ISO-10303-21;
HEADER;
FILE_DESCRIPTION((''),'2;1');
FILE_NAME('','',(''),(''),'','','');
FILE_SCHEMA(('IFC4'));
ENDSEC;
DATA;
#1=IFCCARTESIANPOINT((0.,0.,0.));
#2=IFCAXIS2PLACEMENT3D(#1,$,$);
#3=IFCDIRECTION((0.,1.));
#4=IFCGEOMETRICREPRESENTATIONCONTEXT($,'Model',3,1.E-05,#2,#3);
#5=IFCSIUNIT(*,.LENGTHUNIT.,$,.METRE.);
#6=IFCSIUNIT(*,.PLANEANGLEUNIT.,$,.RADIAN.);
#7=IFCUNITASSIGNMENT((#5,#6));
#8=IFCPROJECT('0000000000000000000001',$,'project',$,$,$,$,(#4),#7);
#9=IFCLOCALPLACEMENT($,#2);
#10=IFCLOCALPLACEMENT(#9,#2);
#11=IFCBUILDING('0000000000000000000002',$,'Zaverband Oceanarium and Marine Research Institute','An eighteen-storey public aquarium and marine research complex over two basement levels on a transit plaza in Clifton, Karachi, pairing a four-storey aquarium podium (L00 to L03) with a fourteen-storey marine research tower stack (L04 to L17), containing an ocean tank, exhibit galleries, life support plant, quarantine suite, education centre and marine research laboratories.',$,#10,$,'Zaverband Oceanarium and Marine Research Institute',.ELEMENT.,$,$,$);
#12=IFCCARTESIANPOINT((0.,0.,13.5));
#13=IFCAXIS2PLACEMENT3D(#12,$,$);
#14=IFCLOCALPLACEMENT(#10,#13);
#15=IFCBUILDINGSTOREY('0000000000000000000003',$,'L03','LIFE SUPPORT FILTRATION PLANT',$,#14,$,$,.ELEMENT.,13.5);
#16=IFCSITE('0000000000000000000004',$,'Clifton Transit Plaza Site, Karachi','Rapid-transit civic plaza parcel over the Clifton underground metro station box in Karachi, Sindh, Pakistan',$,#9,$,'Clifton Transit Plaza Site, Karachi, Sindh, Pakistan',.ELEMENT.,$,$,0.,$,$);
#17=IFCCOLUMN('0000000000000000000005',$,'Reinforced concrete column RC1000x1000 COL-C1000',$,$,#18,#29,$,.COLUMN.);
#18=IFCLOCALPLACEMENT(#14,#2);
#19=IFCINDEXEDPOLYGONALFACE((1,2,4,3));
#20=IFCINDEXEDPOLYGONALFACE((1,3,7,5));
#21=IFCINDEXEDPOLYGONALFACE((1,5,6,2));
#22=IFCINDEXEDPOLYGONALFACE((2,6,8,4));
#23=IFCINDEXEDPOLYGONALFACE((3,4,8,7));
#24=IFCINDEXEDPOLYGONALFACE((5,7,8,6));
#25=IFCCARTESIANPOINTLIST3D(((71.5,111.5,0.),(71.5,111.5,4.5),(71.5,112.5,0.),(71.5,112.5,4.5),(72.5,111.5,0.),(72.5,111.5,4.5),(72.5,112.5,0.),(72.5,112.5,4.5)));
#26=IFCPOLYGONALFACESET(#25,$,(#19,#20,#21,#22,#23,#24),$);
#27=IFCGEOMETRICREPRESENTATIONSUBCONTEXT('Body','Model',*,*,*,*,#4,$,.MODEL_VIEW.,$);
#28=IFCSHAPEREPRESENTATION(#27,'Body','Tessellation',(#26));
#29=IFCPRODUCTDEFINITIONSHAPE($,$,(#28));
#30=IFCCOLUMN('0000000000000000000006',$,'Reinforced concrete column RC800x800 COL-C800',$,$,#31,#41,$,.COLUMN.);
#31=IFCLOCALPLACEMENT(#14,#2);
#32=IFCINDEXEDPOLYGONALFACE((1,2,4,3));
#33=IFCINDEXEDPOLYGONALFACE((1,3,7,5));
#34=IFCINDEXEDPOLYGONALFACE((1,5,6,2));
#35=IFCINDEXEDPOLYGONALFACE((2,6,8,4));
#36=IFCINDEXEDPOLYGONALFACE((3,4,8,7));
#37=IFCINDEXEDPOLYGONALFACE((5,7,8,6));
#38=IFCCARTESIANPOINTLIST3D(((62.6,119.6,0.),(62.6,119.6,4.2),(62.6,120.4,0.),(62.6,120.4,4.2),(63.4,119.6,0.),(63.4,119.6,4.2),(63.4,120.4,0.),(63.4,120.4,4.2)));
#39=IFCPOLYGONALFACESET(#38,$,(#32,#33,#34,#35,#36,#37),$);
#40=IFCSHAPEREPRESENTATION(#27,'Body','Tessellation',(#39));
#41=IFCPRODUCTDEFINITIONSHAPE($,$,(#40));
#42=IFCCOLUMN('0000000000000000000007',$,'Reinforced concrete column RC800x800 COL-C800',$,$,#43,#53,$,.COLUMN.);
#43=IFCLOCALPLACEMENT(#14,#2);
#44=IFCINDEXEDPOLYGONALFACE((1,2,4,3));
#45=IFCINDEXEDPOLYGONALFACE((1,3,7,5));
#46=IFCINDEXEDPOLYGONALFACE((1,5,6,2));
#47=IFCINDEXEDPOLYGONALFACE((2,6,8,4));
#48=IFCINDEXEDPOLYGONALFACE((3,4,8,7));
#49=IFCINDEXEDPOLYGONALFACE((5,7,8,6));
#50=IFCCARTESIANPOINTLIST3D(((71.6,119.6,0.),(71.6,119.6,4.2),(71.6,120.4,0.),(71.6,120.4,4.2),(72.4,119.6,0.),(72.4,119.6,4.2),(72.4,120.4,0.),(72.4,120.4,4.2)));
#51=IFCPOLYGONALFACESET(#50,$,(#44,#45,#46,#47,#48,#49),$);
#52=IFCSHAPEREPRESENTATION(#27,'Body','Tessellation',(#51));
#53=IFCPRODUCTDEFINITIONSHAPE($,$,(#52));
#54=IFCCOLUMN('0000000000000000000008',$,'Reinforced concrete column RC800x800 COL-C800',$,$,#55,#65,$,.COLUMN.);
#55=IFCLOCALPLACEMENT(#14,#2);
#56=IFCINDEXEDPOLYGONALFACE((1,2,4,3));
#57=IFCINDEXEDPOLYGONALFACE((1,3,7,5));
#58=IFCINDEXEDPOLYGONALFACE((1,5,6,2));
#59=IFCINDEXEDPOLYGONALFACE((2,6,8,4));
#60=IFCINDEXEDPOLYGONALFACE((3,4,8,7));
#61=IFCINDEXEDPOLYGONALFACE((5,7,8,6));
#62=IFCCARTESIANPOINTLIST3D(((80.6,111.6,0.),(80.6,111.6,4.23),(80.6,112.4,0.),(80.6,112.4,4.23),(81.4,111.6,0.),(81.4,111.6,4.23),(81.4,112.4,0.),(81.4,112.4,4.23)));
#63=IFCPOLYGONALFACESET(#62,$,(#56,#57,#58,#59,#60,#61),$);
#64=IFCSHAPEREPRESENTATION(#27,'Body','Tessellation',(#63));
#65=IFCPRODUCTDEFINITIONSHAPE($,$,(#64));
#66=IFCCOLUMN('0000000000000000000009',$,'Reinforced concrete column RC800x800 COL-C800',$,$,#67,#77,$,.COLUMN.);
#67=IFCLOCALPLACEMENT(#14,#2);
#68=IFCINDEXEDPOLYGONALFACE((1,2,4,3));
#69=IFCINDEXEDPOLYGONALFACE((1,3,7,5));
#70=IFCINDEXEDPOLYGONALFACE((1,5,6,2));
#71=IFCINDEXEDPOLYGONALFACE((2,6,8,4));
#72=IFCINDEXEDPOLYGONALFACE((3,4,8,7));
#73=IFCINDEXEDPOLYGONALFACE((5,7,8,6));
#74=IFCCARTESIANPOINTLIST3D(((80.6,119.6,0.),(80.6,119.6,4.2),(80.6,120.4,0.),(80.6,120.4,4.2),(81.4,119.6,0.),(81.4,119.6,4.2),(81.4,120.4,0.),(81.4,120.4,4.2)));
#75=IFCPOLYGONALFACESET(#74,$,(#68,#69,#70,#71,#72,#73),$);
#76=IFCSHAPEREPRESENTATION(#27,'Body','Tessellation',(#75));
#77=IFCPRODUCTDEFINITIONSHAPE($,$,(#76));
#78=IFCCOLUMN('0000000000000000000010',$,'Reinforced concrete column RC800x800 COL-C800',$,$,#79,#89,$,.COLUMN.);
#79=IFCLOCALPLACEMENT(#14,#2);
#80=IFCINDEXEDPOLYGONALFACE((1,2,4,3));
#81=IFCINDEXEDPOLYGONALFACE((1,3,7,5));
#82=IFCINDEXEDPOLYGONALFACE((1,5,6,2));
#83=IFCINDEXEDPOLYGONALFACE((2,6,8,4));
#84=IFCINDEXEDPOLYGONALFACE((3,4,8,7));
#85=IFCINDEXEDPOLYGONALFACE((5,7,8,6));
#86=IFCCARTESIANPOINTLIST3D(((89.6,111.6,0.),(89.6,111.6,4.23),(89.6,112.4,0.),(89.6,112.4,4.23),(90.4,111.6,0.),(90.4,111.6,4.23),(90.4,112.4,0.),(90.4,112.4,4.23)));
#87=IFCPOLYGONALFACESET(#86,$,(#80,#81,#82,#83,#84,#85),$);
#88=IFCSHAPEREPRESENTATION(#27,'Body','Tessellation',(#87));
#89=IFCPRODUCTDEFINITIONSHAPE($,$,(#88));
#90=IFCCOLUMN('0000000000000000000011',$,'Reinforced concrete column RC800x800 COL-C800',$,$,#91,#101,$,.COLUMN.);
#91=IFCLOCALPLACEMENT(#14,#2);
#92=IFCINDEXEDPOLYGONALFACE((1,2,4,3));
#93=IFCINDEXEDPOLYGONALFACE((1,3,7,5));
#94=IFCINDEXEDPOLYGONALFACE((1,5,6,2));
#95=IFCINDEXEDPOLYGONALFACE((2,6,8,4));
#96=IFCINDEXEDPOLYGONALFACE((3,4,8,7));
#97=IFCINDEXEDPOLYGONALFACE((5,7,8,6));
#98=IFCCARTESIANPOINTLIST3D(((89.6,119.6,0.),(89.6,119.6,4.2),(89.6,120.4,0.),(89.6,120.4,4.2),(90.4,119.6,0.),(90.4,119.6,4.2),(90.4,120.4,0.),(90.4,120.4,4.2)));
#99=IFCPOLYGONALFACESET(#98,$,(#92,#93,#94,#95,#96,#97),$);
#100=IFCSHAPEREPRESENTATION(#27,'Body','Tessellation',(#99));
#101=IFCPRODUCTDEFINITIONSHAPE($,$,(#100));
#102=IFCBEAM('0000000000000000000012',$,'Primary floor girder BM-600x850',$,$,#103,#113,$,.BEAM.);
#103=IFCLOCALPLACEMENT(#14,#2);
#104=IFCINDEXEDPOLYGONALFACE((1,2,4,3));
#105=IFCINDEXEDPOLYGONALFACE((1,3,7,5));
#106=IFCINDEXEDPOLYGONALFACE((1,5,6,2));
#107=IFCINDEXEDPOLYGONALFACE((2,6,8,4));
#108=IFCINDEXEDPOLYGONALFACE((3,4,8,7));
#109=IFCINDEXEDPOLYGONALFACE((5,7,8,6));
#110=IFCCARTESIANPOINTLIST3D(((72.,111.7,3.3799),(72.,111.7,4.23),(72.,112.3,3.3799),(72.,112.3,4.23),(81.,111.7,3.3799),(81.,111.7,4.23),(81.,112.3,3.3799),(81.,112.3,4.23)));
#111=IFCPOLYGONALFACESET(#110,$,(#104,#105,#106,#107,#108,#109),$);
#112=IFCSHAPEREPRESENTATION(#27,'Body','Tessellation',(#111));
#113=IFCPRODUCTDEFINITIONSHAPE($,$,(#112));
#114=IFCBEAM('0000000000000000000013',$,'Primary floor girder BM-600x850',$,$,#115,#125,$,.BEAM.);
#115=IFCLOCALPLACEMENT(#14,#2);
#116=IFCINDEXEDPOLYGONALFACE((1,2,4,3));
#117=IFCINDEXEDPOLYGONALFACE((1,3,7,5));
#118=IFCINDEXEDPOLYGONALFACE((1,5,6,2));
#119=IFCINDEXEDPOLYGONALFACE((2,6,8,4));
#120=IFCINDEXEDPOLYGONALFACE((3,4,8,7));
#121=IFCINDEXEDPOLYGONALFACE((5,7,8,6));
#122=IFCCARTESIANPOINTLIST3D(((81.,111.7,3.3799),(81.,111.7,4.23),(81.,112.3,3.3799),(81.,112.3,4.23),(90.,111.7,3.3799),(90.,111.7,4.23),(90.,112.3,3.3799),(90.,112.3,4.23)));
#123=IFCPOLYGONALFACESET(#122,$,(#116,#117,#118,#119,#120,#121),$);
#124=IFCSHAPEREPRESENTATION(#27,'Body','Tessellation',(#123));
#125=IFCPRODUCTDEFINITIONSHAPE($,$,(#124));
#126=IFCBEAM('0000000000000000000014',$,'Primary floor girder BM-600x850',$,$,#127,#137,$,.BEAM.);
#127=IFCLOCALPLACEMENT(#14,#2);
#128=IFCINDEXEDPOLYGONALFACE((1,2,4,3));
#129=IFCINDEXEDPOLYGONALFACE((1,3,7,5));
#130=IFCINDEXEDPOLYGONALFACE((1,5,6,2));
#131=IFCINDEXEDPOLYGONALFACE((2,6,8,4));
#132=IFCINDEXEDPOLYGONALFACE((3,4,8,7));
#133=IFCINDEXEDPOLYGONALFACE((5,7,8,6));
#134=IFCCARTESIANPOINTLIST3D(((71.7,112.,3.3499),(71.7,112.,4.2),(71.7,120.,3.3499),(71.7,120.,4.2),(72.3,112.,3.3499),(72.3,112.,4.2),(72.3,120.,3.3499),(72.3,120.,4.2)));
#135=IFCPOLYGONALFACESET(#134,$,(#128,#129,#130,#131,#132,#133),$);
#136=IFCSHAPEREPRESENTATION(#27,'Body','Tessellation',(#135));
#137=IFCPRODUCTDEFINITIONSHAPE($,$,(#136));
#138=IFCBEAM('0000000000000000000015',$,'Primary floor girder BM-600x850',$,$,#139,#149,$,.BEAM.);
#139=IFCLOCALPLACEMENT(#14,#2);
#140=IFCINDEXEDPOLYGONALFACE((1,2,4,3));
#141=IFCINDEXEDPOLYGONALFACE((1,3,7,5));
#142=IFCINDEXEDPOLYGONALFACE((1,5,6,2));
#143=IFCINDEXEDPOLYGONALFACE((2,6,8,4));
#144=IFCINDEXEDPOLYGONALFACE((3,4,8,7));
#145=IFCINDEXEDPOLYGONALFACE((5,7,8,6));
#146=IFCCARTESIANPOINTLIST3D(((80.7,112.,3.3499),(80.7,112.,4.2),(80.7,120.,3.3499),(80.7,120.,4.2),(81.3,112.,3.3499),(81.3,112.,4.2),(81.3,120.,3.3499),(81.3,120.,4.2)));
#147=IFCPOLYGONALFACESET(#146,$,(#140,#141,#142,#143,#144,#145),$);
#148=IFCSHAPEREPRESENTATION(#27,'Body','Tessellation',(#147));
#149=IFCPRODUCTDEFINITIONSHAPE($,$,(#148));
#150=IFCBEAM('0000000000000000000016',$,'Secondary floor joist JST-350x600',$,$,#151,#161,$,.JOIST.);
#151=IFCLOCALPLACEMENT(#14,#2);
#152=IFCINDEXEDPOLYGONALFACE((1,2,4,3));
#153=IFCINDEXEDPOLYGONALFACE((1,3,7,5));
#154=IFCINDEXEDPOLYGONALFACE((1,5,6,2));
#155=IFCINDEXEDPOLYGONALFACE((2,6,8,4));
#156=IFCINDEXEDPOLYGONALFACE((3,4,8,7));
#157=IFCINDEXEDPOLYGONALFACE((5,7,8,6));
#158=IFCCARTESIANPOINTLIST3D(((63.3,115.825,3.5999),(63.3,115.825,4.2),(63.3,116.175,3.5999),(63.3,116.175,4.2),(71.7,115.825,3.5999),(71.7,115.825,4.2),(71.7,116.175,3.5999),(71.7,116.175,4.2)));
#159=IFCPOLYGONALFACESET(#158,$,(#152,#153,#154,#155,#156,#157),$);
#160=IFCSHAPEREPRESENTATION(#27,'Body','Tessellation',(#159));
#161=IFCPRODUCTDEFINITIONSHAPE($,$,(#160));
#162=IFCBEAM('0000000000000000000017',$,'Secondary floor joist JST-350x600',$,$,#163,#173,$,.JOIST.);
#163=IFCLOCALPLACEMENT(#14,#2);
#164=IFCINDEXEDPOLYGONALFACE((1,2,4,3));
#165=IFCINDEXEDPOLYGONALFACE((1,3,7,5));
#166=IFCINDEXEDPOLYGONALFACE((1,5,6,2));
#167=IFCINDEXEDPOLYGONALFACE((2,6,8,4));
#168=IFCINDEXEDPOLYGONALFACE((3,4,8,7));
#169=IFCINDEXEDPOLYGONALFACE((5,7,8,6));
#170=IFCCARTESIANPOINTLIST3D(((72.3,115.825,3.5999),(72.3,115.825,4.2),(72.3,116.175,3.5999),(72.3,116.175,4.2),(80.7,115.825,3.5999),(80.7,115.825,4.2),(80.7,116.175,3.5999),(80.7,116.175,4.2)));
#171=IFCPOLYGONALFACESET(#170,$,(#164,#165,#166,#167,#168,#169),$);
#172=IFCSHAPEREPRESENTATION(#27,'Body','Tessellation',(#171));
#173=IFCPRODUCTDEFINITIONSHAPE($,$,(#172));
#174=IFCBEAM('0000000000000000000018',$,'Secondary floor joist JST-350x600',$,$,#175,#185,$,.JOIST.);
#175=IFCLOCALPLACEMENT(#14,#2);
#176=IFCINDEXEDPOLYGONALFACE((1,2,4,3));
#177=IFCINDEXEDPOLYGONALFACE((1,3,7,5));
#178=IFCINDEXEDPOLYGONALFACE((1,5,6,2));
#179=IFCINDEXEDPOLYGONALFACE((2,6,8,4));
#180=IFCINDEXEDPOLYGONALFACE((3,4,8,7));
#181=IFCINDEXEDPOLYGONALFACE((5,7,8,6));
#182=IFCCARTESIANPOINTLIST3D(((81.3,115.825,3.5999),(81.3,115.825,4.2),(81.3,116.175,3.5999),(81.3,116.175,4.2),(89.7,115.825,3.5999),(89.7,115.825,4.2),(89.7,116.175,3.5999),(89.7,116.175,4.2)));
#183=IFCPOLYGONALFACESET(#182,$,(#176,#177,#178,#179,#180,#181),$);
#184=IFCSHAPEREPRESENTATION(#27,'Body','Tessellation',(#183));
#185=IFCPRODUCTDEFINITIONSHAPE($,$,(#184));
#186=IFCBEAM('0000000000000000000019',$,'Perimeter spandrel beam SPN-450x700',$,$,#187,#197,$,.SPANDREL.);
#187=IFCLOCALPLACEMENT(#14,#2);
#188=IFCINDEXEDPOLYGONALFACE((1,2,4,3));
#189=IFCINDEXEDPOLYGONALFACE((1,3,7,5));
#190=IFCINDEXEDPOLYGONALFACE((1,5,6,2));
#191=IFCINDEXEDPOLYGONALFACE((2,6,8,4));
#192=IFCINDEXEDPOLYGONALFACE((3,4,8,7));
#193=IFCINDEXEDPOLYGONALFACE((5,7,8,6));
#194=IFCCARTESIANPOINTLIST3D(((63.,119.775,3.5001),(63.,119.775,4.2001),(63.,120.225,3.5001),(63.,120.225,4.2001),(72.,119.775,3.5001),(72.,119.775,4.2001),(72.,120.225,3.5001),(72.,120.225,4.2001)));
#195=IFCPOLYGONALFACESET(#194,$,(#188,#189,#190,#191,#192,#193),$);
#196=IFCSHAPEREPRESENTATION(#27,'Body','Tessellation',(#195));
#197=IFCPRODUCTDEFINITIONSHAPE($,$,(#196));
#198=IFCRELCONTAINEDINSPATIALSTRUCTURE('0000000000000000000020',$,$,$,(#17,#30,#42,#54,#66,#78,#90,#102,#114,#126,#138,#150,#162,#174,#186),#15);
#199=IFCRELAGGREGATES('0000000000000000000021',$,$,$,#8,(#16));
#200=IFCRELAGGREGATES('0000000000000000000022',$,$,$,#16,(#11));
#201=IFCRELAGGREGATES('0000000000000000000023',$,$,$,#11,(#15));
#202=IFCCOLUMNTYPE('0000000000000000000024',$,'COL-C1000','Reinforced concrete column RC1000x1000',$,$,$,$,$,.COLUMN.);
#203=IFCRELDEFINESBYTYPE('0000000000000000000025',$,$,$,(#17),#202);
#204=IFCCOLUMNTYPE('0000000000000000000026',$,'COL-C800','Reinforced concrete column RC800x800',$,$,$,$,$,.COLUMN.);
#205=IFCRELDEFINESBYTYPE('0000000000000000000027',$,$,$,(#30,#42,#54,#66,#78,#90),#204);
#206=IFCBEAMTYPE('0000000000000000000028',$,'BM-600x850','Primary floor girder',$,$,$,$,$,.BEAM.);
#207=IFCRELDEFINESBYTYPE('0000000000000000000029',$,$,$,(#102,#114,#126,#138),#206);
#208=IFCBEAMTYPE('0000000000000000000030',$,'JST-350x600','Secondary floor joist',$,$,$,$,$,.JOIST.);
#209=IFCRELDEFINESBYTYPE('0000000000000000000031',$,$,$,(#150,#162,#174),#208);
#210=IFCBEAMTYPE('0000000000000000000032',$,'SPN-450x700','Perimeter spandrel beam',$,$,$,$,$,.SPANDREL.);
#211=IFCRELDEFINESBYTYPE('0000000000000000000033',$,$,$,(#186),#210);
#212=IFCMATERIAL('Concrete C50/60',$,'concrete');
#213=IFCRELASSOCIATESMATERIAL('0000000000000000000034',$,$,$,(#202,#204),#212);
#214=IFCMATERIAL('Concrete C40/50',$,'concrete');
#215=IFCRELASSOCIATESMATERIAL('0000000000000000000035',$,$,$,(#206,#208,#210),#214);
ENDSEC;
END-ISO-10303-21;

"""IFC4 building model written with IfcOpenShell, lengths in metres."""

from ifc_helpers import new_model, si_unit, direction, frame, origin, origin_2d, place, context, subcontext, project, spatial, rectangle, extrude, material, material_profile, profile_set, type_object, element, save


model = new_model("IFC4")

# Units and contexts
model_context = context("Model", 3, precision=1e-05, world=origin(), true_north=direction((0.0, 1.0)))
body_context = subcontext(model_context, "Body", "Model", "MODEL_VIEW")
ifc_project = project(units=[si_unit("LENGTHUNIT", "METRE"), si_unit("PLANEANGLEUNIT", "RADIAN")], contexts=[model_context])

# Site, building, storey
site_placement = place(None, origin())
site = spatial("IfcSite", under=ifc_project, at=site_placement, Name="Clifton Transit Plaza Site, Karachi", Description="Rapid-transit civic plaza parcel over the Clifton underground metro station box in Karachi, Sindh, Pakistan", LongName="Clifton Transit Plaza Site, Karachi, Sindh, Pakistan", CompositionType="ELEMENT", RefElevation=0.0)
building_placement = place(site_placement, origin())
building = spatial("IfcBuilding", under=site, at=building_placement, Name="Zaverband Oceanarium and Marine Research Institute", Description="An eighteen-storey public aquarium and marine research complex over two basement levels on a transit plaza in Clifton, Karachi, pairing a four-storey aquarium podium (L00 to L03) with a fourteen-storey marine research tower stack (L04 to L17), containing an ocean tank, exhibit galleries, life support plant, quarantine suite, education centre and marine research laboratories.", LongName="Zaverband Oceanarium and Marine Research Institute", CompositionType="ELEMENT")
storey_placement = place(building_placement, frame((0.0, 0.0, 13.5)))
storey = spatial("IfcBuildingStorey", under=building, at=storey_placement, Name="L03", Description="LIFE SUPPORT FILTRATION PLANT", CompositionType="ELEMENT", Elevation=13.5)

# Columns
ifc_material_1 = material(Name="Concrete C50/60", Category="concrete")
ifc_material_profile_1 = material_profile(ifc_material_1, rectangle(XDim=1.0, YDim=1.0, at=origin_2d()), Name="RC1000x1000")
ifc_profile_set_1 = profile_set([ifc_material_profile_1], Name="Concrete C50/60")
column_type_1 = type_object("IfcColumnType", Name="COL-C1000", Description="Reinforced concrete column RC1000x1000", PredefinedType="COLUMN", material=ifc_profile_set_1)
column_1_placement = place(storey_placement, frame((72.0, 112.0, 0.0), z_axis=(0.0, 0.0, 1.0), x_axis=(1.0, 0.0, 0.0)))
element("IfcColumn", 1, at=column_1_placement, inside=storey, type_object=column_type_1, Name="Reinforced concrete column RC1000x1000 COL-C1000", PredefinedType="COLUMN", context=body_context, shape_type="SweptSolid", body=[
    extrude(rectangle(XDim=1.0, YDim=1.0, at=origin_2d()), origin(), (0.0, 0.0, 1.0), 4.5),
])
ifc_material_profile_2 = material_profile(ifc_material_1, rectangle(XDim=0.8, YDim=0.8, at=origin_2d()), Name="RC800x800")
ifc_profile_set_2 = profile_set([ifc_material_profile_2], Name="Concrete C50/60")
column_type_2 = type_object("IfcColumnType", Name="COL-C800", Description="Reinforced concrete column RC800x800", PredefinedType="COLUMN", material=ifc_profile_set_2)
for number, where, z_axis, x_axis, name in (
    (2, (63.0, 120.0, 0.0), (0.0, 0.0, 1.0), (1.0, 0.0, 0.0), "Reinforced concrete column RC800x800 COL-C800"),
    (3, (72.0, 120.0, 0.0), (0.0, 0.0, 1.0), (1.0, 0.0, 0.0), "Reinforced concrete column RC800x800 COL-C800"),
):
    element("IfcColumn", number, at=place(storey_placement, frame(where, z_axis=z_axis, x_axis=x_axis)), inside=storey, type_object=column_type_2, Name=name, PredefinedType="COLUMN", context=body_context, shape_type="SweptSolid", body=[
        extrude(rectangle(XDim=0.8, YDim=0.8, at=origin_2d()), origin(), (0.0, 0.0, 1.0), 4.2),
    ])
column_2_placement = place(storey_placement, frame((81.0, 112.0, 0.0), z_axis=(0.0, 0.0, 1.0), x_axis=(1.0, 0.0, 0.0)))
element("IfcColumn", 4, at=column_2_placement, inside=storey, type_object=column_type_2, Name="Reinforced concrete column RC800x800 COL-C800", PredefinedType="COLUMN", context=body_context, shape_type="SweptSolid", body=[
    extrude(rectangle(XDim=0.8, YDim=0.8, at=origin_2d()), origin(), (0.0, 0.0, 1.0), 4.23),
])
column_3_placement = place(storey_placement, frame((81.0, 120.0, 0.0), z_axis=(0.0, 0.0, 1.0), x_axis=(1.0, 0.0, 0.0)))
element("IfcColumn", 5, at=column_3_placement, inside=storey, type_object=column_type_2, Name="Reinforced concrete column RC800x800 COL-C800", PredefinedType="COLUMN", context=body_context, shape_type="SweptSolid", body=[
    extrude(rectangle(XDim=0.8, YDim=0.8, at=origin_2d()), origin(), (0.0, 0.0, 1.0), 4.2),
])
column_4_placement = place(storey_placement, frame((90.0, 112.0, 0.0), z_axis=(0.0, 0.0, 1.0), x_axis=(1.0, 0.0, 0.0)))
element("IfcColumn", 6, at=column_4_placement, inside=storey, type_object=column_type_2, Name="Reinforced concrete column RC800x800 COL-C800", PredefinedType="COLUMN", context=body_context, shape_type="SweptSolid", body=[
    extrude(rectangle(XDim=0.8, YDim=0.8, at=origin_2d()), origin(), (0.0, 0.0, 1.0), 4.23),
])
column_5_placement = place(storey_placement, frame((90.0, 120.0, 0.0), z_axis=(0.0, 0.0, 1.0), x_axis=(1.0, 0.0, 0.0)))
element("IfcColumn", 7, at=column_5_placement, inside=storey, type_object=column_type_2, Name="Reinforced concrete column RC800x800 COL-C800", PredefinedType="COLUMN", context=body_context, shape_type="SweptSolid", body=[
    extrude(rectangle(XDim=0.8, YDim=0.8, at=origin_2d()), origin(), (0.0, 0.0, 1.0), 4.2),
])

# Beams
ifc_material_2 = material(Name="Concrete C40/50", Category="concrete")
ifc_material_profile_3 = material_profile(ifc_material_2, rectangle(XDim=0.6001, YDim=0.8501, at=origin_2d()), Name="RC600x850")
ifc_profile_set_3 = profile_set([ifc_material_profile_3], Name="Concrete C40/50")
beam_type_1 = type_object("IfcBeamType", Name="BM-600x850", Description="Primary floor girder", PredefinedType="BEAM", material=ifc_profile_set_3)
for number, where, z_axis, x_axis, name in (
    (8, (72.0, 112.0, 3.8049), (1.0, 0.0, 0.0), (0.0, 1.0, 0.0), "Primary floor girder BM-600x850"),
    (9, (81.0, 112.0, 3.8049), (1.0, 0.0, 0.0), (0.0, 1.0, 0.0), "Primary floor girder BM-600x850"),
):
    element("IfcBeam", number, at=place(storey_placement, frame(where, z_axis=z_axis, x_axis=x_axis)), inside=storey, type_object=beam_type_1, Name=name, PredefinedType="BEAM", context=body_context, shape_type="SweptSolid", body=[
        extrude(rectangle(XDim=0.6001, YDim=0.8501, at=origin_2d()), origin(), (0.0, 0.0, 1.0), 9.0),
    ])
for number, where, z_axis, x_axis, name in (
    (10, (72.0, 112.0, 3.7749), (0.0, 1.0, 0.0), (-1.0, 0.0, 0.0), "Primary floor girder BM-600x850"),
    (11, (81.0, 112.0, 3.7749), (0.0, 1.0, 0.0), (-1.0, 0.0, 0.0), "Primary floor girder BM-600x850"),
):
    element("IfcBeam", number, at=place(storey_placement, frame(where, z_axis=z_axis, x_axis=x_axis)), inside=storey, type_object=beam_type_1, Name=name, PredefinedType="BEAM", context=body_context, shape_type="SweptSolid", body=[
        extrude(rectangle(XDim=0.6001, YDim=0.8501, at=origin_2d()), origin(), (0.0, 0.0, 1.0), 8.0),
    ])
ifc_material_profile_4 = material_profile(ifc_material_2, rectangle(XDim=0.3501, YDim=0.6001, at=origin_2d()), Name="RC350x600")
ifc_profile_set_4 = profile_set([ifc_material_profile_4], Name="Concrete C40/50")
beam_type_2 = type_object("IfcBeamType", Name="JST-350x600", Description="Secondary floor joist", PredefinedType="JOIST", material=ifc_profile_set_4)
for number, where, z_axis, x_axis, name in (
    (12, (63.3, 116.0, 3.8999), (1.0, 0.0, 0.0), (0.0, 1.0, 0.0), "Secondary floor joist JST-350x600"),
    (13, (72.3, 116.0, 3.8999), (1.0, 0.0, 0.0), (0.0, 1.0, 0.0), "Secondary floor joist JST-350x600"),
    (14, (81.3, 116.0, 3.8999), (1.0, 0.0, 0.0), (0.0, 1.0, 0.0), "Secondary floor joist JST-350x600"),
):
    element("IfcBeam", number, at=place(storey_placement, frame(where, z_axis=z_axis, x_axis=x_axis)), inside=storey, type_object=beam_type_2, Name=name, PredefinedType="JOIST", context=body_context, shape_type="SweptSolid", body=[
        extrude(rectangle(XDim=0.3501, YDim=0.6001, at=origin_2d()), origin(), (0.0, 0.0, 1.0), 8.3999),
    ])
ifc_material_profile_5 = material_profile(ifc_material_2, rectangle(XDim=0.45, YDim=0.7, at=origin_2d()), Name="RC450x700")
ifc_profile_set_5 = profile_set([ifc_material_profile_5], Name="Concrete C40/50")
beam_type_3 = type_object("IfcBeamType", Name="SPN-450x700", Description="Perimeter spandrel beam", PredefinedType="SPANDREL", material=ifc_profile_set_5)
for number, where, z_axis, x_axis, name in (
    (15, (63.0, 120.0, 3.8501), (1.0, 0.0, 0.0), (0.0, 1.0, 0.0), "Perimeter spandrel beam SPN-450x700"),
):
    element("IfcBeam", number, at=place(storey_placement, frame(where, z_axis=z_axis, x_axis=x_axis)), inside=storey, type_object=beam_type_3, Name=name, PredefinedType="SPANDREL", context=body_context, shape_type="SweptSolid", body=[
        extrude(rectangle(XDim=0.45, YDim=0.7, at=origin_2d()), origin(), (0.0, 0.0, 1.0), 9.0),
    ])

save(model, "model.ifc")
